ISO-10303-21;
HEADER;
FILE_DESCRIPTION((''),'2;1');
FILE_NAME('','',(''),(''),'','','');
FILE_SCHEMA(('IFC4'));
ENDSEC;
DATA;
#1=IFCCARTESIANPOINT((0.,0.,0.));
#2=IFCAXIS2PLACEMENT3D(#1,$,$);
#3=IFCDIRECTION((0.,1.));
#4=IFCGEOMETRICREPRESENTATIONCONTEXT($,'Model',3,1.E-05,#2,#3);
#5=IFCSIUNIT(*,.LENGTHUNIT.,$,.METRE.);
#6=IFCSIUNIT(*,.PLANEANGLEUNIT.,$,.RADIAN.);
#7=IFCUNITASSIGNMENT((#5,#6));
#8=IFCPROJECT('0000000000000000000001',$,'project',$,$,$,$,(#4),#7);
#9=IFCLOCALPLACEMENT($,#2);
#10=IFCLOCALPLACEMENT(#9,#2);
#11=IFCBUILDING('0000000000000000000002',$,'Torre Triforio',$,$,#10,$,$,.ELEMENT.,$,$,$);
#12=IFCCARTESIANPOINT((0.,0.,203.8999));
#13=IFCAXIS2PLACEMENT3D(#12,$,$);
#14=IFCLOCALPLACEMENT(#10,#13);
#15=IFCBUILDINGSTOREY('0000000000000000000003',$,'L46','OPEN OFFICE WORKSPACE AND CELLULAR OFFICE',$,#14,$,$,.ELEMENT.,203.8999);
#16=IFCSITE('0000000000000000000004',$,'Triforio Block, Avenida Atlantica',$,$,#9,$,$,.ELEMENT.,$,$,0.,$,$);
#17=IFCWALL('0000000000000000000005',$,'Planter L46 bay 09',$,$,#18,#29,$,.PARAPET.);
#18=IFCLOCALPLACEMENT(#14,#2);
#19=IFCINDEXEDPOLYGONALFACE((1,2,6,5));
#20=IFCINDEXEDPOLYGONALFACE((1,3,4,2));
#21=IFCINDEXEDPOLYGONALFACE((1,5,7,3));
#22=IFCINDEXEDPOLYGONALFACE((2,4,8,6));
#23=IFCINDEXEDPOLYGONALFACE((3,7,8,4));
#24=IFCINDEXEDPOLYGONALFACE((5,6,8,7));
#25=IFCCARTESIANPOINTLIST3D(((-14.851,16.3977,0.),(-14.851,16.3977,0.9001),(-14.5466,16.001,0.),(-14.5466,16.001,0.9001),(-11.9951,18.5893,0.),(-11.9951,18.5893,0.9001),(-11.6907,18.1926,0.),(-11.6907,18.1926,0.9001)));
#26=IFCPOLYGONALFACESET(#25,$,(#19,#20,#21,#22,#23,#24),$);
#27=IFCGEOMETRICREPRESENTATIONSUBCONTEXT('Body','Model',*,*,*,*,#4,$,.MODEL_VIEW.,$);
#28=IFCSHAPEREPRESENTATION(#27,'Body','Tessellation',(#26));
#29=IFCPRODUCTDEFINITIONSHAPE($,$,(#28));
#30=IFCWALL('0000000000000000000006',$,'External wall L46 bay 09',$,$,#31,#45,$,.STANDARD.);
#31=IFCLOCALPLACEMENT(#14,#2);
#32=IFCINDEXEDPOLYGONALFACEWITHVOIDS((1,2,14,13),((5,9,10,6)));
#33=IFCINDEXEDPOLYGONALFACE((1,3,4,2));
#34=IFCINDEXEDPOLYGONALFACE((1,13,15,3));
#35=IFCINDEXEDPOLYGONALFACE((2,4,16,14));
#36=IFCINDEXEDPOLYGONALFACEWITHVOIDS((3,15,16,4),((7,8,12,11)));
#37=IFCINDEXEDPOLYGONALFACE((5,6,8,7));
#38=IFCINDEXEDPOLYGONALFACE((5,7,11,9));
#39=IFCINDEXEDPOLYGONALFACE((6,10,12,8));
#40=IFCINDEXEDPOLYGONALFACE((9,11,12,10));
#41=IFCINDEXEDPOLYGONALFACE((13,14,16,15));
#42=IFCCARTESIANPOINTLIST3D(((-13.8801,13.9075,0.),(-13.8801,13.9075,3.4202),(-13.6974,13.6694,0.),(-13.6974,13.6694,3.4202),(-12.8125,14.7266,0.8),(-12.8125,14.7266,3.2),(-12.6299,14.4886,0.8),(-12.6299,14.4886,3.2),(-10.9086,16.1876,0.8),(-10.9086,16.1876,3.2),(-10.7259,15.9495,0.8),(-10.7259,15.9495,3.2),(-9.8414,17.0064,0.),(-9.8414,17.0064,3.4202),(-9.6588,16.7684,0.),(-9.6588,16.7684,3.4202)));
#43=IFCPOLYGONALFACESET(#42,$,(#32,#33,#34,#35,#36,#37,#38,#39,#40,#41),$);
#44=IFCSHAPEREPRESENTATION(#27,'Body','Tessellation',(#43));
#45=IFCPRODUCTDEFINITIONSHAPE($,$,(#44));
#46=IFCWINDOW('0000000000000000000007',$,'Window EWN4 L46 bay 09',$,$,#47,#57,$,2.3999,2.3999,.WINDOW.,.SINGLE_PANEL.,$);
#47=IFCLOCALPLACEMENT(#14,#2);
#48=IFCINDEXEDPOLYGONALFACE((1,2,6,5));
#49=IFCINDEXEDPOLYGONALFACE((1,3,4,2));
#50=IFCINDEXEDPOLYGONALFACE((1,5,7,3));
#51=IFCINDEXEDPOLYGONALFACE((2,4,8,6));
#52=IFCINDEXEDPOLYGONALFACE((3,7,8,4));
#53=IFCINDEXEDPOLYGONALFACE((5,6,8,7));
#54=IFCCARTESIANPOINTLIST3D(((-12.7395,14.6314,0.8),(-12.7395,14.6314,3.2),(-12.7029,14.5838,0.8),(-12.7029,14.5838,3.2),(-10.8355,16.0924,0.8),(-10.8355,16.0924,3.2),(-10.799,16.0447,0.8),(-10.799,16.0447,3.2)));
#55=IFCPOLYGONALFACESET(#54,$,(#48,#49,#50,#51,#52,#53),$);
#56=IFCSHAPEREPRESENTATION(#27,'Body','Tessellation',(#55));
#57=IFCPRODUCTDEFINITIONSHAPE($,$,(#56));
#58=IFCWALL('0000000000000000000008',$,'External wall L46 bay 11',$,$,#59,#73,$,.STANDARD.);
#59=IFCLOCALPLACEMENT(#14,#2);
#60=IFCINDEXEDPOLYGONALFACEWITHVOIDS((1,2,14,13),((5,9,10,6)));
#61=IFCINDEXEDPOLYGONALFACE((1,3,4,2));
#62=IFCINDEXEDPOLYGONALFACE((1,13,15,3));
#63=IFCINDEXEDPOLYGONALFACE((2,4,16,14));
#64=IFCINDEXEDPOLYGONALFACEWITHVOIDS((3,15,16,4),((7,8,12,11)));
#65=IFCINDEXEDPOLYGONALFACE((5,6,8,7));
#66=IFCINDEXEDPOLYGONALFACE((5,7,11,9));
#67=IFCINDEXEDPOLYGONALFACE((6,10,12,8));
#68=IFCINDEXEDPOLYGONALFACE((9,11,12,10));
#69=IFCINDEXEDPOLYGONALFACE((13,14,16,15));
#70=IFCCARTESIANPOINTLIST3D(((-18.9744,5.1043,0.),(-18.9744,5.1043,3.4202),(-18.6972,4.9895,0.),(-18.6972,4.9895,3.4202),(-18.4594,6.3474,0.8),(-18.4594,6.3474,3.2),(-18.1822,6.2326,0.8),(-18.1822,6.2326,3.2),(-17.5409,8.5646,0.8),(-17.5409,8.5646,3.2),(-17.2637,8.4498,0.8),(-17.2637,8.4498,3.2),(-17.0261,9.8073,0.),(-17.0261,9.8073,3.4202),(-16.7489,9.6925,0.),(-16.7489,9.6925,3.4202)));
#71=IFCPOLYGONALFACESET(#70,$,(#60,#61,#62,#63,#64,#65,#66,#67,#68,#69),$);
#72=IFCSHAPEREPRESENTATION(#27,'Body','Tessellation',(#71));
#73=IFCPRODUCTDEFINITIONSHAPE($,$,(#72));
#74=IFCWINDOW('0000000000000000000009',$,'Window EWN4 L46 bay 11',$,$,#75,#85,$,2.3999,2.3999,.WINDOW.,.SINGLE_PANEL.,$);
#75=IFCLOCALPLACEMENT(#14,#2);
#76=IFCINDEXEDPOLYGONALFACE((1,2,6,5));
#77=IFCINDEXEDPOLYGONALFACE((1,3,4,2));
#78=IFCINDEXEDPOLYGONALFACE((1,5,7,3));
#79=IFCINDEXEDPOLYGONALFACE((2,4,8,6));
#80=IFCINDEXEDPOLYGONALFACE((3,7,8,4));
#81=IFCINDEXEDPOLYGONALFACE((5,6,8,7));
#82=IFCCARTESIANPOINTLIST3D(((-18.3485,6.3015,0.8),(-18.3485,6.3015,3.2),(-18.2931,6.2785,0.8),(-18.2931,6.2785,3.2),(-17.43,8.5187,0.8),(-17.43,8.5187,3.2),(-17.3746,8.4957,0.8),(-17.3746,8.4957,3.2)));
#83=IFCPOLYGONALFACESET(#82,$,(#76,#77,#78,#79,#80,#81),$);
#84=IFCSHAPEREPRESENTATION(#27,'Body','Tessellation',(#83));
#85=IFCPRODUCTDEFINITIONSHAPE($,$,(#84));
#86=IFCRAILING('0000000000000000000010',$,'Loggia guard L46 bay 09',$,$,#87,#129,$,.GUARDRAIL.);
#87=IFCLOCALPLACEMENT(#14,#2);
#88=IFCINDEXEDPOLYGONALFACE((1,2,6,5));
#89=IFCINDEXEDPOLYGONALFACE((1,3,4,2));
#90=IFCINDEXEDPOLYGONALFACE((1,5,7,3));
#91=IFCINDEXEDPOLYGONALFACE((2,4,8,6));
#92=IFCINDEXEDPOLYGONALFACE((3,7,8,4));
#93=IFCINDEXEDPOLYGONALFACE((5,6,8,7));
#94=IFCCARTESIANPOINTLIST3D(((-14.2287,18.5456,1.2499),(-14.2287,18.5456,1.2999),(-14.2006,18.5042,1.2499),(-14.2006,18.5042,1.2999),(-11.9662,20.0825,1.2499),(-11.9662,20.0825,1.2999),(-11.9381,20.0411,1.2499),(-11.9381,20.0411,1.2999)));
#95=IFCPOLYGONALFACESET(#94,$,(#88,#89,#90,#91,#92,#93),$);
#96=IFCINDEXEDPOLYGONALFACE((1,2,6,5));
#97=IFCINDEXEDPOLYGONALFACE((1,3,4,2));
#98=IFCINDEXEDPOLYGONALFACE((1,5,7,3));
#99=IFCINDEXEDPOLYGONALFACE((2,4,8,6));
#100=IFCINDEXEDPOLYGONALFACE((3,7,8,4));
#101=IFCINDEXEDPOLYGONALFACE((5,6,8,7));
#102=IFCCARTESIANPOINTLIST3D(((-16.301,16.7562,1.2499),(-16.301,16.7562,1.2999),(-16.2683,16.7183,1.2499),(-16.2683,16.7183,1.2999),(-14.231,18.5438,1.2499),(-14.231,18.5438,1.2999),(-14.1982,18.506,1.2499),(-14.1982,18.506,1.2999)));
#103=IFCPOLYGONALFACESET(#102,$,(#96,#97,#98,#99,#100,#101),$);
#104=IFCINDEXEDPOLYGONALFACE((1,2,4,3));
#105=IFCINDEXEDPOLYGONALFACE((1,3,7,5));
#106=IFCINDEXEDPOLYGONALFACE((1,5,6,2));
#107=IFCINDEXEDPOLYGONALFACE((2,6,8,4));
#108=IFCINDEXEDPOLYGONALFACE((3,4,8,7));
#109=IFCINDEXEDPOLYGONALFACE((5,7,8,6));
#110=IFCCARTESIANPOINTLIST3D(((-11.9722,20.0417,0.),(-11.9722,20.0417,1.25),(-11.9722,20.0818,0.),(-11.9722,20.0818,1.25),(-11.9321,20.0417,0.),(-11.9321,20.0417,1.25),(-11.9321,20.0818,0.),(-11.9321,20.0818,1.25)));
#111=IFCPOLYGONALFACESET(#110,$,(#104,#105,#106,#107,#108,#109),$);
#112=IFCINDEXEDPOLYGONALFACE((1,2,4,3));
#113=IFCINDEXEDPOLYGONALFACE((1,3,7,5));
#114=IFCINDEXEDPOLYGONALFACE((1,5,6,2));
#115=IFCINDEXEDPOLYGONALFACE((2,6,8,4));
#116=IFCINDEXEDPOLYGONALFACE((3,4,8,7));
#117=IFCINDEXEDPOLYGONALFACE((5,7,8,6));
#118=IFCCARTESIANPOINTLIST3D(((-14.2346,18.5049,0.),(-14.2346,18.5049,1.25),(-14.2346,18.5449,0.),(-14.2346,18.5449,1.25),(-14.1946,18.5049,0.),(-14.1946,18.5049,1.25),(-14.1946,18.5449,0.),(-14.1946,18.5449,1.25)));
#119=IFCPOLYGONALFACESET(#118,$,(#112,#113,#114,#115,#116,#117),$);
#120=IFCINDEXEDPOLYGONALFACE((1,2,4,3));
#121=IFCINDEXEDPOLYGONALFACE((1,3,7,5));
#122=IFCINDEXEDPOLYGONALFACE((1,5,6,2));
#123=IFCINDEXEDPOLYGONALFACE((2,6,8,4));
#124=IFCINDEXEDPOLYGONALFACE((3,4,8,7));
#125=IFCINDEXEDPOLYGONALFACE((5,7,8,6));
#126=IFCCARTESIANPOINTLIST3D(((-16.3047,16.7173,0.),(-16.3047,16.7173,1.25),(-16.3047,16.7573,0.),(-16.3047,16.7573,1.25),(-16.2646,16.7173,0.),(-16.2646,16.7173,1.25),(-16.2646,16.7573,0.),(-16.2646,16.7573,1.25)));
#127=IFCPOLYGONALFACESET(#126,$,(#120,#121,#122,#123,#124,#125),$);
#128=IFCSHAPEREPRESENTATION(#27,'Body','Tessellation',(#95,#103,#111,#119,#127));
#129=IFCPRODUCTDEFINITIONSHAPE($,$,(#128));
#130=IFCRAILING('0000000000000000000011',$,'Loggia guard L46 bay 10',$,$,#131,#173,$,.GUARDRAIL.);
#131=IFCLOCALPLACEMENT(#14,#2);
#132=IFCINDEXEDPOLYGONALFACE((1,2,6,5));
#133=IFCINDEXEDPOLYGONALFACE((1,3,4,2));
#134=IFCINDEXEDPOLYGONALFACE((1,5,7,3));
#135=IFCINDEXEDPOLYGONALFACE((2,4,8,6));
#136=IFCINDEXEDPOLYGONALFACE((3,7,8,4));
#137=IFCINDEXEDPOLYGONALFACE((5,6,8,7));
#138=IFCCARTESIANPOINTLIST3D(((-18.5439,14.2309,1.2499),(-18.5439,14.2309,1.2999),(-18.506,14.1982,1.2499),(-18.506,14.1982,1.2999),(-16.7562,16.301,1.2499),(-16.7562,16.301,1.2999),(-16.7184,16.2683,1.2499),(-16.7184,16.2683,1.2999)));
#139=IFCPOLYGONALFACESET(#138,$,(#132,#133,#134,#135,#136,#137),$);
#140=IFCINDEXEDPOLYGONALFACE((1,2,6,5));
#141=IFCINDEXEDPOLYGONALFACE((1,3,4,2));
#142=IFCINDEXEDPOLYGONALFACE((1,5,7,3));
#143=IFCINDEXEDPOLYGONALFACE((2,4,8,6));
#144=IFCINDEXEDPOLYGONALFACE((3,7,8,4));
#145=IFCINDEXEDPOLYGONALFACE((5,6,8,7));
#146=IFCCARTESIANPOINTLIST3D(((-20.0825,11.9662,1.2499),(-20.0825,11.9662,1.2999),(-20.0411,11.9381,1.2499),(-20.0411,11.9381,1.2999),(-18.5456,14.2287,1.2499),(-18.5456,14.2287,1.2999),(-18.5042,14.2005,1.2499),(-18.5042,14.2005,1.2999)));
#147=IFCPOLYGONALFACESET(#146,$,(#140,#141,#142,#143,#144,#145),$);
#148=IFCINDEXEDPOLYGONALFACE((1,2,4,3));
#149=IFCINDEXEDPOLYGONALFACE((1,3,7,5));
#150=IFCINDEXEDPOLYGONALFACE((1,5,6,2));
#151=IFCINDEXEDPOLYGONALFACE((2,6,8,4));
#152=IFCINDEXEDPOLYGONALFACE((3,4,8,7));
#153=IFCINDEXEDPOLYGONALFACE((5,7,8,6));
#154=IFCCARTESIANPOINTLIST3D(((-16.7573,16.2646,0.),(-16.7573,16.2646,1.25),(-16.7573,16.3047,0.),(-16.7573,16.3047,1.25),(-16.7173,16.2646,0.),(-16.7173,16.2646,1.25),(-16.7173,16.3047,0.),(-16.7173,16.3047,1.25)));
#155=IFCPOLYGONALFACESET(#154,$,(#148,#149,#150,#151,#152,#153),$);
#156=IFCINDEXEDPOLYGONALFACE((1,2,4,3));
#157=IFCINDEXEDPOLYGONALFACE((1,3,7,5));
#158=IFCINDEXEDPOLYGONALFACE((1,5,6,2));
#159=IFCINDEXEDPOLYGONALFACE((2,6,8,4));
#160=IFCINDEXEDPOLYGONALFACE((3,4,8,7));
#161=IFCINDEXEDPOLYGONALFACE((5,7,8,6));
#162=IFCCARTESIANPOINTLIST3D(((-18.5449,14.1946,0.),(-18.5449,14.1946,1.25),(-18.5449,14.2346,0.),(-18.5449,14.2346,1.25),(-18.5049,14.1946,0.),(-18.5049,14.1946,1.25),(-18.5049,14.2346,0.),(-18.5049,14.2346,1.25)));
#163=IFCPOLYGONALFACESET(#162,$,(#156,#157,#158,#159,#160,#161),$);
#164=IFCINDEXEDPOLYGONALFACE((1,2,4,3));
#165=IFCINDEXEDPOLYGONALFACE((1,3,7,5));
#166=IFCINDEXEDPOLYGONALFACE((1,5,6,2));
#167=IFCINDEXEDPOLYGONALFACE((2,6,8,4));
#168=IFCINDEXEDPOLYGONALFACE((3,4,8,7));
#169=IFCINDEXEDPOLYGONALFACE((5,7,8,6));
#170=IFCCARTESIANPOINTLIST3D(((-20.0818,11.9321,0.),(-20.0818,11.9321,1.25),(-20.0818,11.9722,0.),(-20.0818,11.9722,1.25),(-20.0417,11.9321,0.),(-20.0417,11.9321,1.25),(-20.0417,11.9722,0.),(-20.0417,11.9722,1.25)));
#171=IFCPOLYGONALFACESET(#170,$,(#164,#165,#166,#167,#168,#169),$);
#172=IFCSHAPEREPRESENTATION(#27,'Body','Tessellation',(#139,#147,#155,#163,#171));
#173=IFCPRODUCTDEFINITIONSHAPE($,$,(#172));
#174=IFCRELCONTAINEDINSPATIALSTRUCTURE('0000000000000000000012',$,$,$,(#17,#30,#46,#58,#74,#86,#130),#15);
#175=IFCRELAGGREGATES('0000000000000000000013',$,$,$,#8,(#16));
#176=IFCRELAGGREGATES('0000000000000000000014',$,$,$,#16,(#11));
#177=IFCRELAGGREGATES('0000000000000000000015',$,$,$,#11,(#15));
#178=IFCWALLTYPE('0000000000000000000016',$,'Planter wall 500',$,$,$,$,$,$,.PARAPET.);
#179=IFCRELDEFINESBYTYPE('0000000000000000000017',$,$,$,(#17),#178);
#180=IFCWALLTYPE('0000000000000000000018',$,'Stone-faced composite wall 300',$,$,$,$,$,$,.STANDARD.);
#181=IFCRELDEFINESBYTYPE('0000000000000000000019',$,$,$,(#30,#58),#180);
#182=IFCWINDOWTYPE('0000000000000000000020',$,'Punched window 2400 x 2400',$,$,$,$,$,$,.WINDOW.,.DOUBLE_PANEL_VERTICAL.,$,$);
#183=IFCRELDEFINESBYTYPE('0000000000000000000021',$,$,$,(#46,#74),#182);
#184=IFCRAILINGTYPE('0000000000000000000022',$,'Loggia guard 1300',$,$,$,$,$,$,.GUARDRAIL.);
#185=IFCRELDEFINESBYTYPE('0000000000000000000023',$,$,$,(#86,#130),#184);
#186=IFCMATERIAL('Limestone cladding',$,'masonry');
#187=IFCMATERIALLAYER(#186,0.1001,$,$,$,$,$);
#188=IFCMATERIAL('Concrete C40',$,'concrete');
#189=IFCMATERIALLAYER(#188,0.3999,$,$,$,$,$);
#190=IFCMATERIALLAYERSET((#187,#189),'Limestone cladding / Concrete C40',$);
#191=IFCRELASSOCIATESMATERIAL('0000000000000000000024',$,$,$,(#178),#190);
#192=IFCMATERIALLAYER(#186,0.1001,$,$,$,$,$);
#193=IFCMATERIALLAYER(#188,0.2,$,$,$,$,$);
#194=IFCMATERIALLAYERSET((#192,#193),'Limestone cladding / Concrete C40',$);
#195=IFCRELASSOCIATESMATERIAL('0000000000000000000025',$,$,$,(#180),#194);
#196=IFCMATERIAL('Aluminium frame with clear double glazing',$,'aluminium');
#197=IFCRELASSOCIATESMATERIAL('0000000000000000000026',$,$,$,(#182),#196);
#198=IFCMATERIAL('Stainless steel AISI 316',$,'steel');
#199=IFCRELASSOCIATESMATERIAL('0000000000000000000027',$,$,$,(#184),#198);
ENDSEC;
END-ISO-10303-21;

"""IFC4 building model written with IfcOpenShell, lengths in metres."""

from ifc_helpers import new_model, si_unit, direction, frame, frame_2d, origin, origin_2d, place, context, subcontext, project, spatial, rectangle, extrude, material, layer, layer_set, type_object, element, fill, save


model = new_model("IFC4")

# Units and contexts
model_context = context("Model", 3, precision=1e-05, world=origin(), true_north=direction((0.0, 1.0)))
body_context = subcontext(model_context, "Body", "Model", "MODEL_VIEW")
ifc_project = project(units=[si_unit("LENGTHUNIT", "METRE"), si_unit("PLANEANGLEUNIT", "RADIAN")], contexts=[model_context])

# Site, building, storey
site_placement = place(None, origin())
site = spatial("IfcSite", under=ifc_project, at=site_placement, Name="Triforio Block, Avenida Atlantica", CompositionType="ELEMENT", RefElevation=0.0)
building_placement = place(site_placement, origin())
building = spatial("IfcBuilding", under=site, at=building_placement, Name="Torre Triforio", CompositionType="ELEMENT")
storey_placement = place(building_placement, frame((0.0, 0.0, 203.8999)))
storey = spatial("IfcBuildingStorey", under=building, at=storey_placement, Name="L46", Description="OPEN OFFICE WORKSPACE AND CELLULAR OFFICE", CompositionType="ELEMENT", Elevation=203.8999)

# Shared definitions
ifc_material_1 = material(Name="Concrete C40", Category="concrete")

# Wall
ifc_material_2 = material(Name="Limestone cladding", Category="masonry")
ifc_layer_1 = layer(ifc_material_2, 0.1001)
ifc_layer_2 = layer(ifc_material_1, 0.3999)
ifc_layer_set_1 = layer_set([ifc_layer_1, ifc_layer_2], Name="Limestone cladding / Concrete C40")
wall_type_1 = type_object("IfcWallType", Name="Planter wall 500", PredefinedType="PARAPET", material=ifc_layer_set_1)
wall_1_placement = place(storey_placement, frame((-11.843, 18.3909, 0.0), z_axis=(0.0, 0.0, 1.0), x_axis=(-0.793327, -0.608796, 0.0)))
element("IfcWall", 1, at=wall_1_placement, inside=storey, type_object=wall_type_1, Name="Planter L46 bay 09", PredefinedType="PARAPET", context=body_context, shape_type="SweptSolid", body=[
    extrude(rectangle(XDim=3.5999, YDim=0.5, at=frame_2d((1.7998, 0.0))), origin(), (0.0, 0.0, 1.0), 0.9001),
])

# Wall, opening, window
ifc_layer_3 = layer(ifc_material_2, 0.1001)
ifc_layer_4 = layer(ifc_material_1, 0.2)
ifc_layer_set_2 = layer_set([ifc_layer_3, ifc_layer_4], Name="Limestone cladding / Concrete C40")
wall_type_2 = type_object("IfcWallType", Name="Stone-faced composite wall 300", PredefinedType="STANDARD", material=ifc_layer_set_2)
wall_2_placement = place(storey_placement, frame((-9.75, 16.8875, 0.0), z_axis=(0.0, 0.0, 1.0), x_axis=(-0.793356, -0.608758, 0.0)))
wall_2 = element("IfcWall", 2, at=wall_2_placement, inside=storey, type_object=wall_type_2, Name="External wall L46 bay 09", PredefinedType="STANDARD", context=body_context, shape_type="SweptSolid", body=[
    extrude(rectangle(XDim=5.0906, YDim=0.3, at=frame_2d((2.5454, 0.0))), origin(), (0.0, 0.0, 1.0), 3.4202),
])
opening_1_placement = place(wall_2_placement, frame((1.3452, 0.0, 0.8)))
opening_1 = element("IfcOpeningElement", 3, at=opening_1_placement, cuts=wall_2, PredefinedType="OPENING", context=body_context, shape_type="SweptSolid", body=[
    extrude(rectangle(XDim=2.3999, YDim=2.3999, at=frame_2d((1.2, 1.2))), frame((0.0, 0.1599, 0.0), z_axis=(0.0, -1.0, 0.0), x_axis=(1.0, 0.0, 0.0)), (0.0, 0.0, 1.0), 0.3201),
])
ifc_material_3 = material(Name="Aluminium frame with clear double glazing", Category="aluminium")
window_type_1 = type_object("IfcWindowType", Name="Punched window 2400 x 2400", PartitioningType="DOUBLE_PANEL_VERTICAL", PredefinedType="WINDOW", material=ifc_material_3)
window_1_placement = place(opening_1_placement, origin())
window_1 = element("IfcWindow", 4, at=window_1_placement, inside=storey, type_object=window_type_1, Name="Window EWN4 L46 bay 09", OverallHeight=2.3999, OverallWidth=2.3999, PartitioningType="SINGLE_PANEL", PredefinedType="WINDOW", context=body_context, shape_type="SweptSolid", body=[
    extrude(rectangle(XDim=2.3999, YDim=2.3999, at=frame_2d((1.2, 1.2))), frame((0.0, 0.03, 0.0), z_axis=(0.0, -1.0, 0.0), x_axis=(1.0, 0.0, 0.0)), (0.0, 0.0, 1.0), 0.0601),
])
fill(opening_1, window_1)

# Wall, opening, window
wall_3_placement = place(storey_placement, frame((-16.8875, 9.75, 0.0), z_axis=(0.0, 0.0, 1.0), x_axis=(-0.382725, -0.923863, 0.0)))
wall_3 = element("IfcWall", 5, at=wall_3_placement, inside=storey, type_object=wall_type_2, Name="External wall L46 bay 11", PredefinedType="STANDARD", context=body_context, shape_type="SweptSolid", body=[
    extrude(rectangle(XDim=5.0906, YDim=0.3, at=frame_2d((2.5454, 0.0))), origin(), (0.0, 0.0, 1.0), 3.4202),
])
opening_2_placement = place(wall_3_placement, frame((1.3452, 0.0, 0.8)))
opening_2 = element("IfcOpeningElement", 6, at=opening_2_placement, cuts=wall_3, PredefinedType="OPENING", context=body_context, shape_type="SweptSolid", body=[
    extrude(rectangle(XDim=2.3999, YDim=2.3999, at=frame_2d((1.2, 1.2))), frame((0.0, 0.1599, 0.0), z_axis=(0.0, -1.0, 0.0), x_axis=(1.0, 0.0, 0.0)), (0.0, 0.0, 1.0), 0.3201),
])
window_2_placement = place(opening_2_placement, origin())
window_2 = element("IfcWindow", 7, at=window_2_placement, inside=storey, type_object=window_type_1, Name="Window EWN4 L46 bay 11", OverallHeight=2.3999, OverallWidth=2.3999, PartitioningType="SINGLE_PANEL", PredefinedType="WINDOW", context=body_context, shape_type="SweptSolid", body=[
    extrude(rectangle(XDim=2.3999, YDim=2.3999, at=frame_2d((1.2, 1.2))), frame((0.0, 0.03, 0.0), z_axis=(0.0, -1.0, 0.0), x_axis=(1.0, 0.0, 0.0)), (0.0, 0.0, 1.0), 0.0601),
])
fill(opening_2, window_2)

# Railings
ifc_material_4 = material(Name="Stainless steel AISI 316", Category="steel")
railing_type = type_object("IfcRailingType", Name="Loggia guard 1300", PredefinedType="GUARDRAIL", material=ifc_material_4)
railing_1_placement = place(storey_placement, frame((-11.9521, 20.0618, 0.0)))
element("IfcRailing", 8, at=railing_1_placement, inside=storey, type_object=railing_type, Name="Loggia guard L46 bay 09", PredefinedType="GUARDRAIL", context=body_context, shape_type="SweptSolid", body=[
    extrude(rectangle(XDim=0.05, YDim=0.05, at=origin_2d()), frame((0.0, 0.0, 1.2749), z_axis=(-0.827199, -0.56191, 0.0), x_axis=(0.56191, -0.827199, 0.0)), (0.0, 0.0, 1.0), 2.7351),
    extrude(rectangle(XDim=0.05, YDim=0.05, at=origin_2d()), frame((-2.2625, -1.5369, 1.2749), z_axis=(-0.756857, -0.65358, 0.0), x_axis=(0.65358, -0.756857, 0.0)), (0.0, 0.0, 1.0), 2.7351),
    extrude(rectangle(XDim=0.04, YDim=0.04, at=origin_2d()), origin(), (0.0, 0.0, 1.0), 1.25),
    extrude(rectangle(XDim=0.04, YDim=0.04, at=origin_2d()), frame((-2.2625, -1.5369, 0.0)), (0.0, 0.0, 1.0), 1.25),
    extrude(rectangle(XDim=0.04, YDim=0.04, at=origin_2d()), frame((-4.3325, -3.3245, 0.0)), (0.0, 0.0, 1.0), 1.25),
])
railing_2_placement = place(storey_placement, frame((-16.7373, 16.2847, 0.0)))
element("IfcRailing", 9, at=railing_2_placement, inside=storey, type_object=railing_type, Name="Loggia guard L46 bay 10", PredefinedType="GUARDRAIL", context=body_context, shape_type="SweptSolid", body=[
    extrude(rectangle(XDim=0.05, YDim=0.05, at=origin_2d()), frame((0.0, 0.0, 1.2749), z_axis=(-0.65358, -0.756857, 0.0), x_axis=(0.756857, -0.65358, 0.0)), (0.0, 0.0, 1.0), 2.7351),
    extrude(rectangle(XDim=0.05, YDim=0.05, at=origin_2d()), frame((-1.7876, -2.0701, 1.2749), z_axis=(-0.56191, -0.827199, 0.0), x_axis=(0.827199, -0.56191, 0.0)), (0.0, 0.0, 1.0), 2.7351),
    extrude(rectangle(XDim=0.04, YDim=0.04, at=origin_2d()), origin(), (0.0, 0.0, 1.0), 1.25),
    extrude(rectangle(XDim=0.04, YDim=0.04, at=origin_2d()), frame((-1.7876, -2.0701, 0.0)), (0.0, 0.0, 1.0), 1.25),
    extrude(rectangle(XDim=0.04, YDim=0.04, at=origin_2d()), frame((-3.3245, -4.3325, 0.0)), (0.0, 0.0, 1.0), 1.25),
])

save(model, "model.ifc")
